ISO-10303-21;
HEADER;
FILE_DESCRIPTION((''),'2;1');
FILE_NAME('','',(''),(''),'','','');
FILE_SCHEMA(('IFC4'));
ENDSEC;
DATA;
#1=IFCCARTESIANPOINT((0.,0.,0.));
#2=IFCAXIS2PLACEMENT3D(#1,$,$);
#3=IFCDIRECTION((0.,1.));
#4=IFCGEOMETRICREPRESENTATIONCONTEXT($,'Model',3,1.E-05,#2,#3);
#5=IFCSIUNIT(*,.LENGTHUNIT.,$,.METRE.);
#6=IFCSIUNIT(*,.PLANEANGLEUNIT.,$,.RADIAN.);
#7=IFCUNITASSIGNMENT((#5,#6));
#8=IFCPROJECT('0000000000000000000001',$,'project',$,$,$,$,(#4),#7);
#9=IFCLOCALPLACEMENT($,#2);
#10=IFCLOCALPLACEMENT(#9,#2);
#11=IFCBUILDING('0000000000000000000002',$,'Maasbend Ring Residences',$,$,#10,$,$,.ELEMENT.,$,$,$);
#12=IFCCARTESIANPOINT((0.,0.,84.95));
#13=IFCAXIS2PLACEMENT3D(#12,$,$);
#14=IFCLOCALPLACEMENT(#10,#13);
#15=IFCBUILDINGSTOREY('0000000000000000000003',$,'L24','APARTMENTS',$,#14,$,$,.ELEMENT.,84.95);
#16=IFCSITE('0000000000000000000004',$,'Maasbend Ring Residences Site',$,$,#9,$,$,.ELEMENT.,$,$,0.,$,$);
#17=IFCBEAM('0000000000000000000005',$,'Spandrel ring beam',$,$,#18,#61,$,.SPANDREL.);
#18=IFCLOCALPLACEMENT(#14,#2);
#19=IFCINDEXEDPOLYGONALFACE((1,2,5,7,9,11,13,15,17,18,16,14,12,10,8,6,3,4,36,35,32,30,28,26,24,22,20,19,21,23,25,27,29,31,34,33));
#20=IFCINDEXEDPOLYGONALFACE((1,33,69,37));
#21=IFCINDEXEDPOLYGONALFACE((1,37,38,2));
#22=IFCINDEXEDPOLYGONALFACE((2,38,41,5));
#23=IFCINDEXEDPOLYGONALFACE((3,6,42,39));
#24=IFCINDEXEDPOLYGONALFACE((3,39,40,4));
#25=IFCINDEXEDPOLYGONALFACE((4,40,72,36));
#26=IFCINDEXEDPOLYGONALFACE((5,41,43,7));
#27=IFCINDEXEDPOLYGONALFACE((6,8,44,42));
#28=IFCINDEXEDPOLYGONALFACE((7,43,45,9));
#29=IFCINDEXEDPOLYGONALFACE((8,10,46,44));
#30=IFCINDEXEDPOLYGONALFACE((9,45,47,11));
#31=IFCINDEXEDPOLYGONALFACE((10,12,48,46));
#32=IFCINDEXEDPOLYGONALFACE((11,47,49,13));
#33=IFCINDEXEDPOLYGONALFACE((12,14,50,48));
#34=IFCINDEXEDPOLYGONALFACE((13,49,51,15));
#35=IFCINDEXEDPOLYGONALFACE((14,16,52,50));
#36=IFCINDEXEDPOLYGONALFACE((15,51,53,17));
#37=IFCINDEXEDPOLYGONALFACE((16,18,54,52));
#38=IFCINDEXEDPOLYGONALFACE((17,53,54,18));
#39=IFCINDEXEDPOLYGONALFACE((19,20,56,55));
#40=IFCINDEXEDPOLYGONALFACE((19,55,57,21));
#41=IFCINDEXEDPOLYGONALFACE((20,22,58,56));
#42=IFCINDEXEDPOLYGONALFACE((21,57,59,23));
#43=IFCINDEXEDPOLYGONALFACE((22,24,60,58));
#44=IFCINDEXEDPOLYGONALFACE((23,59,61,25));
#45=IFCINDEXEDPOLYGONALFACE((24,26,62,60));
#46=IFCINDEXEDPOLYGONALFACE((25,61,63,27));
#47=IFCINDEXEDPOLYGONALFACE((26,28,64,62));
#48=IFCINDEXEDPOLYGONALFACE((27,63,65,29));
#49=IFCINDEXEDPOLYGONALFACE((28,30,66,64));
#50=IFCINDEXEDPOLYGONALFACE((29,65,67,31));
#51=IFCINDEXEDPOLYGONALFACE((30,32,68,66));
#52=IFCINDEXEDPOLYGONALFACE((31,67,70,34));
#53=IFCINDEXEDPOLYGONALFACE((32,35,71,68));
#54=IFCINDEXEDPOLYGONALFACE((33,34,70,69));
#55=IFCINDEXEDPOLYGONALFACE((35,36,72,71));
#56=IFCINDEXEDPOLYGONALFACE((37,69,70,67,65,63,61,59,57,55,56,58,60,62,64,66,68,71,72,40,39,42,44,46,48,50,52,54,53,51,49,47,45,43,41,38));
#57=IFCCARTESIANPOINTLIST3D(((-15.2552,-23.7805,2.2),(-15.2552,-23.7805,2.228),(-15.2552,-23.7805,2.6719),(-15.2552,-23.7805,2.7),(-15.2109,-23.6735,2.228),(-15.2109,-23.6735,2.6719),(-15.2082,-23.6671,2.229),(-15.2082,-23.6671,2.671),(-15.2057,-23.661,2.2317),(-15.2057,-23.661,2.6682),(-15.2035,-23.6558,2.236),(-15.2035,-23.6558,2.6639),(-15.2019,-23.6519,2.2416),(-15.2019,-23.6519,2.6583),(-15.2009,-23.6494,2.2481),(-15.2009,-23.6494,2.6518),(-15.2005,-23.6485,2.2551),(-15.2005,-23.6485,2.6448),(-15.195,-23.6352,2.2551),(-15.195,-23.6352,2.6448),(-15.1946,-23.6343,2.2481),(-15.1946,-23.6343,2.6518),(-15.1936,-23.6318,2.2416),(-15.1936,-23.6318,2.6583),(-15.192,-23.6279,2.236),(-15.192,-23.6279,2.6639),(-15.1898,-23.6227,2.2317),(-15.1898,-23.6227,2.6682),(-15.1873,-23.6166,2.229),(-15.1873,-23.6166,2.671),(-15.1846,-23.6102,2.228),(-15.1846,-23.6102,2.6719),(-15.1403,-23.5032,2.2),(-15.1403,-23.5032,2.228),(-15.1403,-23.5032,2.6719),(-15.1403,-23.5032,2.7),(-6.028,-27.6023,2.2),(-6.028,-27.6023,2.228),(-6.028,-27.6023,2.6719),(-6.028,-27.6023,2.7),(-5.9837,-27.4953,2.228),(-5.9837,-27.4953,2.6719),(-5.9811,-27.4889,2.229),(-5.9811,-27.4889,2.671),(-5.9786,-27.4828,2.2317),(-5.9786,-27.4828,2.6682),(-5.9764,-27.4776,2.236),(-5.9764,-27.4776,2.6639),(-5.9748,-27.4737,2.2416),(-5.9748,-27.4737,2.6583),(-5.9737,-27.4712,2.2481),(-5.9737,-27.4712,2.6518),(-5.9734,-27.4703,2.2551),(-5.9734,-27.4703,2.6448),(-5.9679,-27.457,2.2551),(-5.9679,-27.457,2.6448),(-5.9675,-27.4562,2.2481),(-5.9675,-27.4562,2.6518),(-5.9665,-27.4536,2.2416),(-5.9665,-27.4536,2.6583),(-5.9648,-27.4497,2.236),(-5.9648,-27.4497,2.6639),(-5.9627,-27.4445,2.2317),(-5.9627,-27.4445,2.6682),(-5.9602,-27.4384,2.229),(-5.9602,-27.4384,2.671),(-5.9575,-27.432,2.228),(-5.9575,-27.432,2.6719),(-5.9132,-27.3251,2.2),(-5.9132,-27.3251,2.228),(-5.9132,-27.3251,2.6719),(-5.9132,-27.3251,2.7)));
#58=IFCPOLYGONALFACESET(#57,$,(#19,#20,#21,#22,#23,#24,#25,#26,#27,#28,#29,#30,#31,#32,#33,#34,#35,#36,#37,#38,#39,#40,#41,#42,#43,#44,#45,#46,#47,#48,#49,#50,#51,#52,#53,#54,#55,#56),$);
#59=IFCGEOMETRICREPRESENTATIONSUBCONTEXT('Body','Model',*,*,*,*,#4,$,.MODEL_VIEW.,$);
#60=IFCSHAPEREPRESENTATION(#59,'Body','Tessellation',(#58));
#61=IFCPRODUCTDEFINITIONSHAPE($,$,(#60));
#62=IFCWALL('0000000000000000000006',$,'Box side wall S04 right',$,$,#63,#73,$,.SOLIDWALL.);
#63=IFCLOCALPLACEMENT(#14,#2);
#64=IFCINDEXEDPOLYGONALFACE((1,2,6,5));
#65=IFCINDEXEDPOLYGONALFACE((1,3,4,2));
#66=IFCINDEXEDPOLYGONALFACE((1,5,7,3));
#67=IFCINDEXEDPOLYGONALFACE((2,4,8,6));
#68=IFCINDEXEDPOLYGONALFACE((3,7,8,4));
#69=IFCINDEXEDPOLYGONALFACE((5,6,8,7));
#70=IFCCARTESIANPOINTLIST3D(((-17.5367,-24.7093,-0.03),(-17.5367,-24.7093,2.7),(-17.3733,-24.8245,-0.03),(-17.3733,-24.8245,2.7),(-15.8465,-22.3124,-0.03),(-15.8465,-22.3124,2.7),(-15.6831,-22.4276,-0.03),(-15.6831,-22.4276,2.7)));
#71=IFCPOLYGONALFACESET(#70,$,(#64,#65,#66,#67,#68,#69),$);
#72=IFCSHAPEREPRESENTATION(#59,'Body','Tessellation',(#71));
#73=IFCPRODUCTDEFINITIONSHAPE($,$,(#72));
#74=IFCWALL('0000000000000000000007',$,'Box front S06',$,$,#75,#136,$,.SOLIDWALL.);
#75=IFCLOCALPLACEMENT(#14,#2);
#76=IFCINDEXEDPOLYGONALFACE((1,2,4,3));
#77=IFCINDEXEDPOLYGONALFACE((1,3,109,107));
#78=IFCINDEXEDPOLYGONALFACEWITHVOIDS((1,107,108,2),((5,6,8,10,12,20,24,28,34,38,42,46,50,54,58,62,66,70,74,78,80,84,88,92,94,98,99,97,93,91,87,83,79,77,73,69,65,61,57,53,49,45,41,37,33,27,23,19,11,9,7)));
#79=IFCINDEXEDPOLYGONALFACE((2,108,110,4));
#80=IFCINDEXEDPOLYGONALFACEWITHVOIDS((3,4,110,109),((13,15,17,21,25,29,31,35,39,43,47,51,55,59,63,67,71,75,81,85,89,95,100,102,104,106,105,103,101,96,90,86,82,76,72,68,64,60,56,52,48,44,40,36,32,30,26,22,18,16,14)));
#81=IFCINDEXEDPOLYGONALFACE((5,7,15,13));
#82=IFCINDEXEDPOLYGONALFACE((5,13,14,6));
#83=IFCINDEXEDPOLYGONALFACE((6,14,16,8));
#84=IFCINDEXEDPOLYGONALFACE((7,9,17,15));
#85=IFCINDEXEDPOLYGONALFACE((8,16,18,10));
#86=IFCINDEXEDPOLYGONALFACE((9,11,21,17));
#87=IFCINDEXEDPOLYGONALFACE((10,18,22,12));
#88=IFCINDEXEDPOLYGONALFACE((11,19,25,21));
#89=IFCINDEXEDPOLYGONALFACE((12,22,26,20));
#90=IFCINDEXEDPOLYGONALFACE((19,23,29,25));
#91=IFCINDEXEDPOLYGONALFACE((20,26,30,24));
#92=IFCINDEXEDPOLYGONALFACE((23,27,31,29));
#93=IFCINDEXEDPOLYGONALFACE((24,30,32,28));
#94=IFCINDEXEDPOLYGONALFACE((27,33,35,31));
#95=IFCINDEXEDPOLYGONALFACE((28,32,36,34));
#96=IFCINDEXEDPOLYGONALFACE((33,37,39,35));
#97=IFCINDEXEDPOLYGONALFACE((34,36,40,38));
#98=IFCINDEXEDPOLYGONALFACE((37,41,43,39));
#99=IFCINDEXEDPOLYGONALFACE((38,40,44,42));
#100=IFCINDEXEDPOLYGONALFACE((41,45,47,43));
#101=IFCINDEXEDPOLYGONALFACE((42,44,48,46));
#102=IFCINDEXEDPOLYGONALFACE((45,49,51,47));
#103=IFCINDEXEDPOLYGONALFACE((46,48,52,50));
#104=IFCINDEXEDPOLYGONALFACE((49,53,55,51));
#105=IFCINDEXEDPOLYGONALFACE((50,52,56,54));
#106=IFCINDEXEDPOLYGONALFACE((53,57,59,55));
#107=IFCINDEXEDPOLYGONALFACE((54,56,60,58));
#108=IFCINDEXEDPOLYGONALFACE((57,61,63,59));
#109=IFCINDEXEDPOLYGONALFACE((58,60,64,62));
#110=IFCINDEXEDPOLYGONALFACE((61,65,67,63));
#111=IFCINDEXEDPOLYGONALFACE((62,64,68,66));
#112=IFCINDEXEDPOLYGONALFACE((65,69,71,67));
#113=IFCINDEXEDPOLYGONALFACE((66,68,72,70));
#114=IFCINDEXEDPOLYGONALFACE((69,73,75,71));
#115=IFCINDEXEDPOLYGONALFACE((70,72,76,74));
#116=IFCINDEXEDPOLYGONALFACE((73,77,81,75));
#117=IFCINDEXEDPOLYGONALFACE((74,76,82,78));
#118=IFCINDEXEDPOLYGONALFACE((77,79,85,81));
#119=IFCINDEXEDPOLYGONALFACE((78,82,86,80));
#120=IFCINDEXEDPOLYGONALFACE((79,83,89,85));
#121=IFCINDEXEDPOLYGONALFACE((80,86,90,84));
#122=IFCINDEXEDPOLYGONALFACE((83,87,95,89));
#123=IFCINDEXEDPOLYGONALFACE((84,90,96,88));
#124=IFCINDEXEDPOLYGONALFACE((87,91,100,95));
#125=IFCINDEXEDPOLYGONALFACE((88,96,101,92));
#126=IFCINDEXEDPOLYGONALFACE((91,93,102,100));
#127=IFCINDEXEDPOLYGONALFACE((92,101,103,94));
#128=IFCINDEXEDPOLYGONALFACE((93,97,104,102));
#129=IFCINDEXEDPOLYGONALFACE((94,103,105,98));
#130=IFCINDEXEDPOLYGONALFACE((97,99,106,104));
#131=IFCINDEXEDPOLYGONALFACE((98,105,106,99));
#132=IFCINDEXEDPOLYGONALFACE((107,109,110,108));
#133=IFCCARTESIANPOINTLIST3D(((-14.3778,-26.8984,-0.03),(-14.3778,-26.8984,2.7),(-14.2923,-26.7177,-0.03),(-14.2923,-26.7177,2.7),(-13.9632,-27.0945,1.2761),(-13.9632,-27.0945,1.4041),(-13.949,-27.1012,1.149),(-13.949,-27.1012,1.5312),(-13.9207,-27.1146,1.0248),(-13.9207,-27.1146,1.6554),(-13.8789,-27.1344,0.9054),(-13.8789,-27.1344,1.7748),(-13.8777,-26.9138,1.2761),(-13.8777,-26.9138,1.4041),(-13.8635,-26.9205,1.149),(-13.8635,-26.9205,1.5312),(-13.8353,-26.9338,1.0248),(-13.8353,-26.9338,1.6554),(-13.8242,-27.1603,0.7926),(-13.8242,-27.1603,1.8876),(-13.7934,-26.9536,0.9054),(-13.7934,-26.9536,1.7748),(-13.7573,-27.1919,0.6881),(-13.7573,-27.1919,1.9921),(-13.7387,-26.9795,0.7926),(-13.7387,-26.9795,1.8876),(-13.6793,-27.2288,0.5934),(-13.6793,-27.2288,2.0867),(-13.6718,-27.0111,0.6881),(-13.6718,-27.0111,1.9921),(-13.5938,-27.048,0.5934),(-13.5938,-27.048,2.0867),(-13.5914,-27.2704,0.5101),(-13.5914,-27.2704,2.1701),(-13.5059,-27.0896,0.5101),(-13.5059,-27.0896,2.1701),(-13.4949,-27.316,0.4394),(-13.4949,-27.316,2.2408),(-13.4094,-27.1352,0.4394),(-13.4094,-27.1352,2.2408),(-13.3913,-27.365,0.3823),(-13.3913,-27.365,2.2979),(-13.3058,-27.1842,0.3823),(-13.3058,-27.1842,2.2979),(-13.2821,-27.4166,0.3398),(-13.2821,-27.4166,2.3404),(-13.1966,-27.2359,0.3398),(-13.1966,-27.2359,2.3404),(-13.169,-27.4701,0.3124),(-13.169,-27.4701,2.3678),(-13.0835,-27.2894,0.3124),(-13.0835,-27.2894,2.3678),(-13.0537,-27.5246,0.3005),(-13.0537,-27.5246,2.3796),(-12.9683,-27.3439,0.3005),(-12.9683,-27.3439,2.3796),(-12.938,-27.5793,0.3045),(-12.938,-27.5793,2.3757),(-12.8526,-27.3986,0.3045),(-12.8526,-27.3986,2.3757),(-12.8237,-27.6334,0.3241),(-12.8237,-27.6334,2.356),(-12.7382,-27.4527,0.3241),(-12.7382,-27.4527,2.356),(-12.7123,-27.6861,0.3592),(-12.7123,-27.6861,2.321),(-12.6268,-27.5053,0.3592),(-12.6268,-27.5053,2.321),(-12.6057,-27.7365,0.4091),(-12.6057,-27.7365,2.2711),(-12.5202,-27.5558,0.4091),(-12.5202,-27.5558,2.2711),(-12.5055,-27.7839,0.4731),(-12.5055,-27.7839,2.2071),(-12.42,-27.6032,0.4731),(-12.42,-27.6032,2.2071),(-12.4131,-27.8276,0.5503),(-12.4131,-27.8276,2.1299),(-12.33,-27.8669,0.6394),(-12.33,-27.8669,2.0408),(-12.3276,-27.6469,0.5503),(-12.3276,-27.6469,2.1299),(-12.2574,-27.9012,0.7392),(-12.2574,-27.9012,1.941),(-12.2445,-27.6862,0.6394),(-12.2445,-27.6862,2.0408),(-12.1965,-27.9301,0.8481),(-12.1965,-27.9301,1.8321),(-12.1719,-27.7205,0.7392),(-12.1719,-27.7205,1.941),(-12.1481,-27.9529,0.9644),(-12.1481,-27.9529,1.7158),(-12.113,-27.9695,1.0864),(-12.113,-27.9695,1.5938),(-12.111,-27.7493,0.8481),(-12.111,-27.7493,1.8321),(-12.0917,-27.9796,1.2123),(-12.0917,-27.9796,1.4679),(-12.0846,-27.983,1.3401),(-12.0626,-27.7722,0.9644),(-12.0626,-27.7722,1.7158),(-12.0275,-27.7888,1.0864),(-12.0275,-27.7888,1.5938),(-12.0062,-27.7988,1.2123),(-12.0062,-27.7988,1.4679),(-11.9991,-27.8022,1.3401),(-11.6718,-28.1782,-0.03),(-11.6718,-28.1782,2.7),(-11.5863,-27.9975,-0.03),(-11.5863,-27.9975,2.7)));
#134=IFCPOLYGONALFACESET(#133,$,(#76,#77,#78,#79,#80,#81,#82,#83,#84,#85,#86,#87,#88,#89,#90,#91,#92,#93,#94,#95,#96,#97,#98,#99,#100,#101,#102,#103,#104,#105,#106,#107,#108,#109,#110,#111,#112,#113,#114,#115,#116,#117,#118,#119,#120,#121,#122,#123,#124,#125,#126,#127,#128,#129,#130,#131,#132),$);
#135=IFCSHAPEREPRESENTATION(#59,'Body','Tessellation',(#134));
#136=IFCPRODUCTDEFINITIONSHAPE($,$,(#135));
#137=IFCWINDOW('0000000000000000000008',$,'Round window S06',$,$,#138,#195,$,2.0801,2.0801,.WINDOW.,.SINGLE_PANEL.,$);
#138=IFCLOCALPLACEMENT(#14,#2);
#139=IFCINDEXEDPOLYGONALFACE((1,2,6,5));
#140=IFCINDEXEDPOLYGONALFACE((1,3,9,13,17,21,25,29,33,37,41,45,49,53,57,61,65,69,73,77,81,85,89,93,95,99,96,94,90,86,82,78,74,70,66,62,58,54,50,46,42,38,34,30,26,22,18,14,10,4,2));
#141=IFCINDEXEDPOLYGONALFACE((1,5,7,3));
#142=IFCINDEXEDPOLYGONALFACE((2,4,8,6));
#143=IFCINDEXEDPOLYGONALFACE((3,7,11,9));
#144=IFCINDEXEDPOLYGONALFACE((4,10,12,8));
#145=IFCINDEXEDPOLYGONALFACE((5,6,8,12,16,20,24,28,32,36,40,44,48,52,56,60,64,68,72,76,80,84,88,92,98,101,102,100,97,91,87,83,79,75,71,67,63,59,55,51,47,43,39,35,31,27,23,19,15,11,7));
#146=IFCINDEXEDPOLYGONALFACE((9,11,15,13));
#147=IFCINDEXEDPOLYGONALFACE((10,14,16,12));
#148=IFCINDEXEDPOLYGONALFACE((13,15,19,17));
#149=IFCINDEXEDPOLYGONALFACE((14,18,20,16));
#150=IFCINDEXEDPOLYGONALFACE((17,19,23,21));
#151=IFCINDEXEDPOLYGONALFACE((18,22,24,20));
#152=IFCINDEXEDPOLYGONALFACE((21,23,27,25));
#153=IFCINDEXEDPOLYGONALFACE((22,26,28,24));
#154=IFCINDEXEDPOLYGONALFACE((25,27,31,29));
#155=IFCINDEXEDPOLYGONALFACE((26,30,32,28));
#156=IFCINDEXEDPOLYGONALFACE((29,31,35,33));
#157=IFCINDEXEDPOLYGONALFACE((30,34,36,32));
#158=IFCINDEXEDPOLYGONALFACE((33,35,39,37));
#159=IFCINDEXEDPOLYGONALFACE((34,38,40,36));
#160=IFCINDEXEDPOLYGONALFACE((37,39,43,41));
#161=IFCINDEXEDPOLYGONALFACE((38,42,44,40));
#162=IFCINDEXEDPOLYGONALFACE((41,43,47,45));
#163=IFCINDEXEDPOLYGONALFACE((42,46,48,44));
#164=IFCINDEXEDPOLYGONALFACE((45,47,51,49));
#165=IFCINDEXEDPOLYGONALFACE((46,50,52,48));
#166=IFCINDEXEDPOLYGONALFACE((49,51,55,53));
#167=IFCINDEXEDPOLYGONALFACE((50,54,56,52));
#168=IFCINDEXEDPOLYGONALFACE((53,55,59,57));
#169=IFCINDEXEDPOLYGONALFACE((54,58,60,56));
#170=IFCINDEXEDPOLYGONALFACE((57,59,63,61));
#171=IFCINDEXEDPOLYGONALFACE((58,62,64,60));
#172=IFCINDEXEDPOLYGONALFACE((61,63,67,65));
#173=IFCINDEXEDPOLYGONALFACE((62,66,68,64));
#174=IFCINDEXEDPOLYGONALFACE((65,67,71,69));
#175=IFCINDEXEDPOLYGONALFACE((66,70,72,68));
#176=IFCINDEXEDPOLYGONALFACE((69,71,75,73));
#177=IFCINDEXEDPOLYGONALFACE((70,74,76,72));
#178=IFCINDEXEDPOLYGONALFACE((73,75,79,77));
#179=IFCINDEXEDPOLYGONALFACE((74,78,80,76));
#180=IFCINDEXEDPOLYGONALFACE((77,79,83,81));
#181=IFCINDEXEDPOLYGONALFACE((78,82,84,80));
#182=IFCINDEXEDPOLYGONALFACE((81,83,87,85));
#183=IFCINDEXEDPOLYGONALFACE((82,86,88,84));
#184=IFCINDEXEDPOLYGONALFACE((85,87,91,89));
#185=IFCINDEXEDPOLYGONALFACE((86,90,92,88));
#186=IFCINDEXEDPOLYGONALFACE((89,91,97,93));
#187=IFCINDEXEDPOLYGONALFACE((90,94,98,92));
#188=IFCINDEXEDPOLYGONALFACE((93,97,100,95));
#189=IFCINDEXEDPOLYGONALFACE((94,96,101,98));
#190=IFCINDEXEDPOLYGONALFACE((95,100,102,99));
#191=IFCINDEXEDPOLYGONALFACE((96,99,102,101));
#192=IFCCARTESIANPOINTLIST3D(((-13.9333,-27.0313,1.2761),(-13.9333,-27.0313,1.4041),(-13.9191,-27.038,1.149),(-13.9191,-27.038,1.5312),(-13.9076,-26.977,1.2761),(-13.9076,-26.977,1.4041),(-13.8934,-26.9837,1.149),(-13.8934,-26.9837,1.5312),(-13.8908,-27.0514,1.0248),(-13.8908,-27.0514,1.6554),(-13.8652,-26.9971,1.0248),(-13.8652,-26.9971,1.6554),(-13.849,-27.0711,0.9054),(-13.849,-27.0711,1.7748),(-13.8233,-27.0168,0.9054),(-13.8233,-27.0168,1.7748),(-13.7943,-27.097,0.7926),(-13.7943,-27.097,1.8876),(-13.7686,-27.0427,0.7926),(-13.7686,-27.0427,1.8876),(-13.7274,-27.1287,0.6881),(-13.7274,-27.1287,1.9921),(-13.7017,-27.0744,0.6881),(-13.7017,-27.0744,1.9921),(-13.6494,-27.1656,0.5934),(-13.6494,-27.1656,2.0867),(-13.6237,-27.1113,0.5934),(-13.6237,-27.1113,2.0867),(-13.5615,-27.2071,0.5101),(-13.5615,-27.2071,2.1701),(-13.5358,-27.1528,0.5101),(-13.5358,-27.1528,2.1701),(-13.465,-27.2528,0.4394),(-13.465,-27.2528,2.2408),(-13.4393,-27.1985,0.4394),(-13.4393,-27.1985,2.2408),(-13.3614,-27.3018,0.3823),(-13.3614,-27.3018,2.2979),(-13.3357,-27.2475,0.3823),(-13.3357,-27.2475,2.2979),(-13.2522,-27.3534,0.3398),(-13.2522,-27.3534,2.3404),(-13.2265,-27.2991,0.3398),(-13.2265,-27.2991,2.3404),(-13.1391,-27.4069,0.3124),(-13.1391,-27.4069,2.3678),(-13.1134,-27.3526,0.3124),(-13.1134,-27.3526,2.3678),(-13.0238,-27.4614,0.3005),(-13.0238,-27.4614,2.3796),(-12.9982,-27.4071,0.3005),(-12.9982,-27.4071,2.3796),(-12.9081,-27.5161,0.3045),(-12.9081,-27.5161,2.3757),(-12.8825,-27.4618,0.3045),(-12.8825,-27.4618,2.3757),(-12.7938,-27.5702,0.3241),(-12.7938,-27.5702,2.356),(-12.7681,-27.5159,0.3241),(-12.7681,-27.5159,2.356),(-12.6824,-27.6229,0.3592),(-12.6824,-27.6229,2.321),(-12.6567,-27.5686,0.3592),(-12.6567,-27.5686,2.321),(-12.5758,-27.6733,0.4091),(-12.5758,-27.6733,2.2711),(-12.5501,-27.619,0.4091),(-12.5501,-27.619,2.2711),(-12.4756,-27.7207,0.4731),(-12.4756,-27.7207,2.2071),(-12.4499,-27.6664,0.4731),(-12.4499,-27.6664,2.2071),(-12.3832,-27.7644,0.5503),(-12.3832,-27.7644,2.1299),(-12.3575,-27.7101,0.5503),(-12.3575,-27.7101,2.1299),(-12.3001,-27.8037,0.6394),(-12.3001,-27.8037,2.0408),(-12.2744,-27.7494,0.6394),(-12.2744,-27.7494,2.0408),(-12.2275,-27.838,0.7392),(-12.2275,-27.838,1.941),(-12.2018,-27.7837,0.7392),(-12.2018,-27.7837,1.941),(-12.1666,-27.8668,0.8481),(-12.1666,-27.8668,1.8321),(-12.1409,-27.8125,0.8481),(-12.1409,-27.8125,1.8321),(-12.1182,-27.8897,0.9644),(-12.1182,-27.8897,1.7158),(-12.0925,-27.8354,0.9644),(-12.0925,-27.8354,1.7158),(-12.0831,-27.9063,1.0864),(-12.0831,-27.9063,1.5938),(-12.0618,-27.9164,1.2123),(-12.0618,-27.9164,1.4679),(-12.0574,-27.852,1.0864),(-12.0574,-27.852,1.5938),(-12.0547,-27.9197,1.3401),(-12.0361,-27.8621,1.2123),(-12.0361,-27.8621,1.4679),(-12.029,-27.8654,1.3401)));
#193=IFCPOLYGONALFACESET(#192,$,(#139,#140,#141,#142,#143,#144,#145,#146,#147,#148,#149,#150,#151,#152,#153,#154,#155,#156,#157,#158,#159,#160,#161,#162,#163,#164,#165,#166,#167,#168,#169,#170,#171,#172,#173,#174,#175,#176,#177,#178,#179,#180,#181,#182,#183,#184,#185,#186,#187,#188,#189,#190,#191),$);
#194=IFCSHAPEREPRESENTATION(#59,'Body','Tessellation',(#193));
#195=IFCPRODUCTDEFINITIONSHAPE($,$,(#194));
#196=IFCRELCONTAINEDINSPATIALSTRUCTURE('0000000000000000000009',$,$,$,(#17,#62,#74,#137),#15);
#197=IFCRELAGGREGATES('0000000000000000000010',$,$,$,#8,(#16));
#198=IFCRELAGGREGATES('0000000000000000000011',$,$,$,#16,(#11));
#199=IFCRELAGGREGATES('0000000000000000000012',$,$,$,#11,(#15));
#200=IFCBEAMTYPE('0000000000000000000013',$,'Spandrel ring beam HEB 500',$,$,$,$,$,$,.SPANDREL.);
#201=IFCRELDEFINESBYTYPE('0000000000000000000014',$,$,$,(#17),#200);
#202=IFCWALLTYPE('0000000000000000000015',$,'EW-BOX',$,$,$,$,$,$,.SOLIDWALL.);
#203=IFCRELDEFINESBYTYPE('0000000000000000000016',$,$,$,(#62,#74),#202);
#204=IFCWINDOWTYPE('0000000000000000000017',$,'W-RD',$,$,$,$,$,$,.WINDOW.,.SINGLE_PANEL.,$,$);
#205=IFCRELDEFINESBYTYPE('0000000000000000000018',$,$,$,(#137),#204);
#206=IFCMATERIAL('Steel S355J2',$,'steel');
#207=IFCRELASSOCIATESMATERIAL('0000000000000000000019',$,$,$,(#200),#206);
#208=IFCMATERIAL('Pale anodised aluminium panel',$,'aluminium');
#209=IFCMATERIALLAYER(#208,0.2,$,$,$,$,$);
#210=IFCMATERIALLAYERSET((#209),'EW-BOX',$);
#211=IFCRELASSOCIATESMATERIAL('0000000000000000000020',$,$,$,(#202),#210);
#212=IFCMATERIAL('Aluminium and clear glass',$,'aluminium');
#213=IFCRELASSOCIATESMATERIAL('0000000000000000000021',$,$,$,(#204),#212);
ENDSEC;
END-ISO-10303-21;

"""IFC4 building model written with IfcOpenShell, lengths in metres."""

from ifc_helpers import new_model, si_unit, direction, frame, frame_2d, origin, origin_2d, place, context, subcontext, project, spatial, rectangle, circle, i_section, extrude, material, layer, layer_set, material_profile, profile_set, type_object, element, fill, save


model = new_model("IFC4")

# Units and contexts
model_context = context("Model", 3, precision=1e-05, world=origin(), true_north=direction((0.0, 1.0)))
body_context = subcontext(model_context, "Body", "Model", "MODEL_VIEW")
ifc_project = project(units=[si_unit("LENGTHUNIT", "METRE"), si_unit("PLANEANGLEUNIT", "RADIAN")], contexts=[model_context])

# Site, building, storey
site_placement = place(None, origin())
site = spatial("IfcSite", under=ifc_project, at=site_placement, Name="Maasbend Ring Residences Site", CompositionType="ELEMENT", RefElevation=0.0)
building_placement = place(site_placement, origin())
building = spatial("IfcBuilding", under=site, at=building_placement, Name="Maasbend Ring Residences", CompositionType="ELEMENT")
storey_placement = place(building_placement, frame((0.0, 0.0, 84.95)))
storey = spatial("IfcBuildingStorey", under=building, at=storey_placement, Name="L24", Description="APARTMENTS", CompositionType="ELEMENT", Elevation=84.95)

# Beam
ifc_material_1 = material(Name="Steel S355J2", Category="steel")
ifc_material_profile_1 = material_profile(ifc_material_1, i_section(OverallWidth=0.3, OverallDepth=0.5, WebThickness=0.0144, FlangeThickness=0.0281, FilletRadius=0.0271, at=origin_2d()), Name="HEB 500")
ifc_profile_set_1 = profile_set([ifc_material_profile_1], Name="Steel S355J2")
beam_type_1 = type_object("IfcBeamType", Name="Spandrel ring beam HEB 500", PredefinedType="SPANDREL", material=ifc_profile_set_1)
beam_1_placement = place(storey_placement, frame((-15.1978, -23.6418, 2.45), z_axis=(0.923886, -0.382667, 0.0), x_axis=(0.382667, 0.923886, 0.0)))
element("IfcBeam", 1, at=beam_1_placement, inside=storey, type_object=beam_type_1, Name="Spandrel ring beam", PredefinedType="SPANDREL", context=body_context, shape_type="SweptSolid", body=[
    extrude(i_section(OverallWidth=0.3, OverallDepth=0.5, WebThickness=0.0144, FlangeThickness=0.0281, FilletRadius=0.0271, at=origin_2d()), origin(), (0.0, 0.0, 1.0), 9.9873),
])

# Wall
ifc_material_2 = material(Name="Pale anodised aluminium panel", Category="aluminium")
ifc_layer_1 = layer(ifc_material_2, 0.2)
ifc_layer_set_1 = layer_set([ifc_layer_1], Name="EW-BOX")
wall_type_1 = type_object("IfcWallType", Name="EW-BOX", PredefinedType="SOLIDWALL", material=ifc_layer_set_1)
wall_1_placement = place(storey_placement, frame((-15.7649, -22.3701, -0.03), z_axis=(0.0, 0.0, 1.0), x_axis=(-0.576275, -0.817256, 0.0)))
element("IfcWall", 2, at=wall_1_placement, inside=storey, type_object=wall_type_1, Name="Box side wall S04 right", PredefinedType="SOLIDWALL", context=body_context, shape_type="SweptSolid", body=[
    extrude(rectangle(XDim=2.9329, YDim=0.2, at=frame_2d((1.4663, 0.0))), origin(), (0.0, 0.0, 1.0), 2.73),
])

# Wall, opening, window
wall_2_placement = place(storey_placement, frame((-14.335, -26.8081, -0.03), z_axis=(0.0, 0.0, 1.0), x_axis=(0.904, -0.427532, 0.0)))
wall_2 = element("IfcWall", 3, at=wall_2_placement, inside=storey, type_object=wall_type_1, Name="Box front S06", PredefinedType="SOLIDWALL", context=body_context, shape_type="SweptSolid", body=[
    extrude(rectangle(XDim=2.9934, YDim=0.2, at=frame_2d((1.4966, 0.0))), origin(), (0.0, 0.0, 1.0), 2.73),
])
opening_1_placement = place(wall_2_placement, frame((0.4565, 0.0, 0.3301)))
opening_1 = element("IfcOpeningElement", 4, at=opening_1_placement, cuts=wall_2, PredefinedType="OPENING", context=body_context, shape_type="SweptSolid", body=[
    extrude(circle(Radius=1.04, at=frame_2d((1.04, 1.04))), frame((0.0, 0.1099, 0.0), z_axis=(0.0, -1.0, 0.0), x_axis=(1.0, 0.0, 0.0)), (0.0, 0.0, 1.0), 0.22),
])
ifc_material_3 = material(Name="Aluminium and clear glass", Category="aluminium")
window_type_1 = type_object("IfcWindowType", Name="W-RD", PartitioningType="SINGLE_PANEL", PredefinedType="WINDOW", material=ifc_material_3)
window_1_placement = place(opening_1_placement, origin())
window_1 = element("IfcWindow", 5, at=window_1_placement, inside=storey, type_object=window_type_1, Name="Round window S06", OverallHeight=2.0801, OverallWidth=2.0801, PartitioningType="SINGLE_PANEL", PredefinedType="WINDOW", context=body_context, shape_type="SweptSolid", body=[
    extrude(circle(Radius=1.04, at=frame_2d((1.04, 1.04))), frame((0.0, 0.03, 0.0), z_axis=(0.0, -1.0, 0.0), x_axis=(1.0, 0.0, 0.0)), (0.0, 0.0, 1.0), 0.0601),
])
fill(opening_1, window_1)

save(model, "model.ifc")
